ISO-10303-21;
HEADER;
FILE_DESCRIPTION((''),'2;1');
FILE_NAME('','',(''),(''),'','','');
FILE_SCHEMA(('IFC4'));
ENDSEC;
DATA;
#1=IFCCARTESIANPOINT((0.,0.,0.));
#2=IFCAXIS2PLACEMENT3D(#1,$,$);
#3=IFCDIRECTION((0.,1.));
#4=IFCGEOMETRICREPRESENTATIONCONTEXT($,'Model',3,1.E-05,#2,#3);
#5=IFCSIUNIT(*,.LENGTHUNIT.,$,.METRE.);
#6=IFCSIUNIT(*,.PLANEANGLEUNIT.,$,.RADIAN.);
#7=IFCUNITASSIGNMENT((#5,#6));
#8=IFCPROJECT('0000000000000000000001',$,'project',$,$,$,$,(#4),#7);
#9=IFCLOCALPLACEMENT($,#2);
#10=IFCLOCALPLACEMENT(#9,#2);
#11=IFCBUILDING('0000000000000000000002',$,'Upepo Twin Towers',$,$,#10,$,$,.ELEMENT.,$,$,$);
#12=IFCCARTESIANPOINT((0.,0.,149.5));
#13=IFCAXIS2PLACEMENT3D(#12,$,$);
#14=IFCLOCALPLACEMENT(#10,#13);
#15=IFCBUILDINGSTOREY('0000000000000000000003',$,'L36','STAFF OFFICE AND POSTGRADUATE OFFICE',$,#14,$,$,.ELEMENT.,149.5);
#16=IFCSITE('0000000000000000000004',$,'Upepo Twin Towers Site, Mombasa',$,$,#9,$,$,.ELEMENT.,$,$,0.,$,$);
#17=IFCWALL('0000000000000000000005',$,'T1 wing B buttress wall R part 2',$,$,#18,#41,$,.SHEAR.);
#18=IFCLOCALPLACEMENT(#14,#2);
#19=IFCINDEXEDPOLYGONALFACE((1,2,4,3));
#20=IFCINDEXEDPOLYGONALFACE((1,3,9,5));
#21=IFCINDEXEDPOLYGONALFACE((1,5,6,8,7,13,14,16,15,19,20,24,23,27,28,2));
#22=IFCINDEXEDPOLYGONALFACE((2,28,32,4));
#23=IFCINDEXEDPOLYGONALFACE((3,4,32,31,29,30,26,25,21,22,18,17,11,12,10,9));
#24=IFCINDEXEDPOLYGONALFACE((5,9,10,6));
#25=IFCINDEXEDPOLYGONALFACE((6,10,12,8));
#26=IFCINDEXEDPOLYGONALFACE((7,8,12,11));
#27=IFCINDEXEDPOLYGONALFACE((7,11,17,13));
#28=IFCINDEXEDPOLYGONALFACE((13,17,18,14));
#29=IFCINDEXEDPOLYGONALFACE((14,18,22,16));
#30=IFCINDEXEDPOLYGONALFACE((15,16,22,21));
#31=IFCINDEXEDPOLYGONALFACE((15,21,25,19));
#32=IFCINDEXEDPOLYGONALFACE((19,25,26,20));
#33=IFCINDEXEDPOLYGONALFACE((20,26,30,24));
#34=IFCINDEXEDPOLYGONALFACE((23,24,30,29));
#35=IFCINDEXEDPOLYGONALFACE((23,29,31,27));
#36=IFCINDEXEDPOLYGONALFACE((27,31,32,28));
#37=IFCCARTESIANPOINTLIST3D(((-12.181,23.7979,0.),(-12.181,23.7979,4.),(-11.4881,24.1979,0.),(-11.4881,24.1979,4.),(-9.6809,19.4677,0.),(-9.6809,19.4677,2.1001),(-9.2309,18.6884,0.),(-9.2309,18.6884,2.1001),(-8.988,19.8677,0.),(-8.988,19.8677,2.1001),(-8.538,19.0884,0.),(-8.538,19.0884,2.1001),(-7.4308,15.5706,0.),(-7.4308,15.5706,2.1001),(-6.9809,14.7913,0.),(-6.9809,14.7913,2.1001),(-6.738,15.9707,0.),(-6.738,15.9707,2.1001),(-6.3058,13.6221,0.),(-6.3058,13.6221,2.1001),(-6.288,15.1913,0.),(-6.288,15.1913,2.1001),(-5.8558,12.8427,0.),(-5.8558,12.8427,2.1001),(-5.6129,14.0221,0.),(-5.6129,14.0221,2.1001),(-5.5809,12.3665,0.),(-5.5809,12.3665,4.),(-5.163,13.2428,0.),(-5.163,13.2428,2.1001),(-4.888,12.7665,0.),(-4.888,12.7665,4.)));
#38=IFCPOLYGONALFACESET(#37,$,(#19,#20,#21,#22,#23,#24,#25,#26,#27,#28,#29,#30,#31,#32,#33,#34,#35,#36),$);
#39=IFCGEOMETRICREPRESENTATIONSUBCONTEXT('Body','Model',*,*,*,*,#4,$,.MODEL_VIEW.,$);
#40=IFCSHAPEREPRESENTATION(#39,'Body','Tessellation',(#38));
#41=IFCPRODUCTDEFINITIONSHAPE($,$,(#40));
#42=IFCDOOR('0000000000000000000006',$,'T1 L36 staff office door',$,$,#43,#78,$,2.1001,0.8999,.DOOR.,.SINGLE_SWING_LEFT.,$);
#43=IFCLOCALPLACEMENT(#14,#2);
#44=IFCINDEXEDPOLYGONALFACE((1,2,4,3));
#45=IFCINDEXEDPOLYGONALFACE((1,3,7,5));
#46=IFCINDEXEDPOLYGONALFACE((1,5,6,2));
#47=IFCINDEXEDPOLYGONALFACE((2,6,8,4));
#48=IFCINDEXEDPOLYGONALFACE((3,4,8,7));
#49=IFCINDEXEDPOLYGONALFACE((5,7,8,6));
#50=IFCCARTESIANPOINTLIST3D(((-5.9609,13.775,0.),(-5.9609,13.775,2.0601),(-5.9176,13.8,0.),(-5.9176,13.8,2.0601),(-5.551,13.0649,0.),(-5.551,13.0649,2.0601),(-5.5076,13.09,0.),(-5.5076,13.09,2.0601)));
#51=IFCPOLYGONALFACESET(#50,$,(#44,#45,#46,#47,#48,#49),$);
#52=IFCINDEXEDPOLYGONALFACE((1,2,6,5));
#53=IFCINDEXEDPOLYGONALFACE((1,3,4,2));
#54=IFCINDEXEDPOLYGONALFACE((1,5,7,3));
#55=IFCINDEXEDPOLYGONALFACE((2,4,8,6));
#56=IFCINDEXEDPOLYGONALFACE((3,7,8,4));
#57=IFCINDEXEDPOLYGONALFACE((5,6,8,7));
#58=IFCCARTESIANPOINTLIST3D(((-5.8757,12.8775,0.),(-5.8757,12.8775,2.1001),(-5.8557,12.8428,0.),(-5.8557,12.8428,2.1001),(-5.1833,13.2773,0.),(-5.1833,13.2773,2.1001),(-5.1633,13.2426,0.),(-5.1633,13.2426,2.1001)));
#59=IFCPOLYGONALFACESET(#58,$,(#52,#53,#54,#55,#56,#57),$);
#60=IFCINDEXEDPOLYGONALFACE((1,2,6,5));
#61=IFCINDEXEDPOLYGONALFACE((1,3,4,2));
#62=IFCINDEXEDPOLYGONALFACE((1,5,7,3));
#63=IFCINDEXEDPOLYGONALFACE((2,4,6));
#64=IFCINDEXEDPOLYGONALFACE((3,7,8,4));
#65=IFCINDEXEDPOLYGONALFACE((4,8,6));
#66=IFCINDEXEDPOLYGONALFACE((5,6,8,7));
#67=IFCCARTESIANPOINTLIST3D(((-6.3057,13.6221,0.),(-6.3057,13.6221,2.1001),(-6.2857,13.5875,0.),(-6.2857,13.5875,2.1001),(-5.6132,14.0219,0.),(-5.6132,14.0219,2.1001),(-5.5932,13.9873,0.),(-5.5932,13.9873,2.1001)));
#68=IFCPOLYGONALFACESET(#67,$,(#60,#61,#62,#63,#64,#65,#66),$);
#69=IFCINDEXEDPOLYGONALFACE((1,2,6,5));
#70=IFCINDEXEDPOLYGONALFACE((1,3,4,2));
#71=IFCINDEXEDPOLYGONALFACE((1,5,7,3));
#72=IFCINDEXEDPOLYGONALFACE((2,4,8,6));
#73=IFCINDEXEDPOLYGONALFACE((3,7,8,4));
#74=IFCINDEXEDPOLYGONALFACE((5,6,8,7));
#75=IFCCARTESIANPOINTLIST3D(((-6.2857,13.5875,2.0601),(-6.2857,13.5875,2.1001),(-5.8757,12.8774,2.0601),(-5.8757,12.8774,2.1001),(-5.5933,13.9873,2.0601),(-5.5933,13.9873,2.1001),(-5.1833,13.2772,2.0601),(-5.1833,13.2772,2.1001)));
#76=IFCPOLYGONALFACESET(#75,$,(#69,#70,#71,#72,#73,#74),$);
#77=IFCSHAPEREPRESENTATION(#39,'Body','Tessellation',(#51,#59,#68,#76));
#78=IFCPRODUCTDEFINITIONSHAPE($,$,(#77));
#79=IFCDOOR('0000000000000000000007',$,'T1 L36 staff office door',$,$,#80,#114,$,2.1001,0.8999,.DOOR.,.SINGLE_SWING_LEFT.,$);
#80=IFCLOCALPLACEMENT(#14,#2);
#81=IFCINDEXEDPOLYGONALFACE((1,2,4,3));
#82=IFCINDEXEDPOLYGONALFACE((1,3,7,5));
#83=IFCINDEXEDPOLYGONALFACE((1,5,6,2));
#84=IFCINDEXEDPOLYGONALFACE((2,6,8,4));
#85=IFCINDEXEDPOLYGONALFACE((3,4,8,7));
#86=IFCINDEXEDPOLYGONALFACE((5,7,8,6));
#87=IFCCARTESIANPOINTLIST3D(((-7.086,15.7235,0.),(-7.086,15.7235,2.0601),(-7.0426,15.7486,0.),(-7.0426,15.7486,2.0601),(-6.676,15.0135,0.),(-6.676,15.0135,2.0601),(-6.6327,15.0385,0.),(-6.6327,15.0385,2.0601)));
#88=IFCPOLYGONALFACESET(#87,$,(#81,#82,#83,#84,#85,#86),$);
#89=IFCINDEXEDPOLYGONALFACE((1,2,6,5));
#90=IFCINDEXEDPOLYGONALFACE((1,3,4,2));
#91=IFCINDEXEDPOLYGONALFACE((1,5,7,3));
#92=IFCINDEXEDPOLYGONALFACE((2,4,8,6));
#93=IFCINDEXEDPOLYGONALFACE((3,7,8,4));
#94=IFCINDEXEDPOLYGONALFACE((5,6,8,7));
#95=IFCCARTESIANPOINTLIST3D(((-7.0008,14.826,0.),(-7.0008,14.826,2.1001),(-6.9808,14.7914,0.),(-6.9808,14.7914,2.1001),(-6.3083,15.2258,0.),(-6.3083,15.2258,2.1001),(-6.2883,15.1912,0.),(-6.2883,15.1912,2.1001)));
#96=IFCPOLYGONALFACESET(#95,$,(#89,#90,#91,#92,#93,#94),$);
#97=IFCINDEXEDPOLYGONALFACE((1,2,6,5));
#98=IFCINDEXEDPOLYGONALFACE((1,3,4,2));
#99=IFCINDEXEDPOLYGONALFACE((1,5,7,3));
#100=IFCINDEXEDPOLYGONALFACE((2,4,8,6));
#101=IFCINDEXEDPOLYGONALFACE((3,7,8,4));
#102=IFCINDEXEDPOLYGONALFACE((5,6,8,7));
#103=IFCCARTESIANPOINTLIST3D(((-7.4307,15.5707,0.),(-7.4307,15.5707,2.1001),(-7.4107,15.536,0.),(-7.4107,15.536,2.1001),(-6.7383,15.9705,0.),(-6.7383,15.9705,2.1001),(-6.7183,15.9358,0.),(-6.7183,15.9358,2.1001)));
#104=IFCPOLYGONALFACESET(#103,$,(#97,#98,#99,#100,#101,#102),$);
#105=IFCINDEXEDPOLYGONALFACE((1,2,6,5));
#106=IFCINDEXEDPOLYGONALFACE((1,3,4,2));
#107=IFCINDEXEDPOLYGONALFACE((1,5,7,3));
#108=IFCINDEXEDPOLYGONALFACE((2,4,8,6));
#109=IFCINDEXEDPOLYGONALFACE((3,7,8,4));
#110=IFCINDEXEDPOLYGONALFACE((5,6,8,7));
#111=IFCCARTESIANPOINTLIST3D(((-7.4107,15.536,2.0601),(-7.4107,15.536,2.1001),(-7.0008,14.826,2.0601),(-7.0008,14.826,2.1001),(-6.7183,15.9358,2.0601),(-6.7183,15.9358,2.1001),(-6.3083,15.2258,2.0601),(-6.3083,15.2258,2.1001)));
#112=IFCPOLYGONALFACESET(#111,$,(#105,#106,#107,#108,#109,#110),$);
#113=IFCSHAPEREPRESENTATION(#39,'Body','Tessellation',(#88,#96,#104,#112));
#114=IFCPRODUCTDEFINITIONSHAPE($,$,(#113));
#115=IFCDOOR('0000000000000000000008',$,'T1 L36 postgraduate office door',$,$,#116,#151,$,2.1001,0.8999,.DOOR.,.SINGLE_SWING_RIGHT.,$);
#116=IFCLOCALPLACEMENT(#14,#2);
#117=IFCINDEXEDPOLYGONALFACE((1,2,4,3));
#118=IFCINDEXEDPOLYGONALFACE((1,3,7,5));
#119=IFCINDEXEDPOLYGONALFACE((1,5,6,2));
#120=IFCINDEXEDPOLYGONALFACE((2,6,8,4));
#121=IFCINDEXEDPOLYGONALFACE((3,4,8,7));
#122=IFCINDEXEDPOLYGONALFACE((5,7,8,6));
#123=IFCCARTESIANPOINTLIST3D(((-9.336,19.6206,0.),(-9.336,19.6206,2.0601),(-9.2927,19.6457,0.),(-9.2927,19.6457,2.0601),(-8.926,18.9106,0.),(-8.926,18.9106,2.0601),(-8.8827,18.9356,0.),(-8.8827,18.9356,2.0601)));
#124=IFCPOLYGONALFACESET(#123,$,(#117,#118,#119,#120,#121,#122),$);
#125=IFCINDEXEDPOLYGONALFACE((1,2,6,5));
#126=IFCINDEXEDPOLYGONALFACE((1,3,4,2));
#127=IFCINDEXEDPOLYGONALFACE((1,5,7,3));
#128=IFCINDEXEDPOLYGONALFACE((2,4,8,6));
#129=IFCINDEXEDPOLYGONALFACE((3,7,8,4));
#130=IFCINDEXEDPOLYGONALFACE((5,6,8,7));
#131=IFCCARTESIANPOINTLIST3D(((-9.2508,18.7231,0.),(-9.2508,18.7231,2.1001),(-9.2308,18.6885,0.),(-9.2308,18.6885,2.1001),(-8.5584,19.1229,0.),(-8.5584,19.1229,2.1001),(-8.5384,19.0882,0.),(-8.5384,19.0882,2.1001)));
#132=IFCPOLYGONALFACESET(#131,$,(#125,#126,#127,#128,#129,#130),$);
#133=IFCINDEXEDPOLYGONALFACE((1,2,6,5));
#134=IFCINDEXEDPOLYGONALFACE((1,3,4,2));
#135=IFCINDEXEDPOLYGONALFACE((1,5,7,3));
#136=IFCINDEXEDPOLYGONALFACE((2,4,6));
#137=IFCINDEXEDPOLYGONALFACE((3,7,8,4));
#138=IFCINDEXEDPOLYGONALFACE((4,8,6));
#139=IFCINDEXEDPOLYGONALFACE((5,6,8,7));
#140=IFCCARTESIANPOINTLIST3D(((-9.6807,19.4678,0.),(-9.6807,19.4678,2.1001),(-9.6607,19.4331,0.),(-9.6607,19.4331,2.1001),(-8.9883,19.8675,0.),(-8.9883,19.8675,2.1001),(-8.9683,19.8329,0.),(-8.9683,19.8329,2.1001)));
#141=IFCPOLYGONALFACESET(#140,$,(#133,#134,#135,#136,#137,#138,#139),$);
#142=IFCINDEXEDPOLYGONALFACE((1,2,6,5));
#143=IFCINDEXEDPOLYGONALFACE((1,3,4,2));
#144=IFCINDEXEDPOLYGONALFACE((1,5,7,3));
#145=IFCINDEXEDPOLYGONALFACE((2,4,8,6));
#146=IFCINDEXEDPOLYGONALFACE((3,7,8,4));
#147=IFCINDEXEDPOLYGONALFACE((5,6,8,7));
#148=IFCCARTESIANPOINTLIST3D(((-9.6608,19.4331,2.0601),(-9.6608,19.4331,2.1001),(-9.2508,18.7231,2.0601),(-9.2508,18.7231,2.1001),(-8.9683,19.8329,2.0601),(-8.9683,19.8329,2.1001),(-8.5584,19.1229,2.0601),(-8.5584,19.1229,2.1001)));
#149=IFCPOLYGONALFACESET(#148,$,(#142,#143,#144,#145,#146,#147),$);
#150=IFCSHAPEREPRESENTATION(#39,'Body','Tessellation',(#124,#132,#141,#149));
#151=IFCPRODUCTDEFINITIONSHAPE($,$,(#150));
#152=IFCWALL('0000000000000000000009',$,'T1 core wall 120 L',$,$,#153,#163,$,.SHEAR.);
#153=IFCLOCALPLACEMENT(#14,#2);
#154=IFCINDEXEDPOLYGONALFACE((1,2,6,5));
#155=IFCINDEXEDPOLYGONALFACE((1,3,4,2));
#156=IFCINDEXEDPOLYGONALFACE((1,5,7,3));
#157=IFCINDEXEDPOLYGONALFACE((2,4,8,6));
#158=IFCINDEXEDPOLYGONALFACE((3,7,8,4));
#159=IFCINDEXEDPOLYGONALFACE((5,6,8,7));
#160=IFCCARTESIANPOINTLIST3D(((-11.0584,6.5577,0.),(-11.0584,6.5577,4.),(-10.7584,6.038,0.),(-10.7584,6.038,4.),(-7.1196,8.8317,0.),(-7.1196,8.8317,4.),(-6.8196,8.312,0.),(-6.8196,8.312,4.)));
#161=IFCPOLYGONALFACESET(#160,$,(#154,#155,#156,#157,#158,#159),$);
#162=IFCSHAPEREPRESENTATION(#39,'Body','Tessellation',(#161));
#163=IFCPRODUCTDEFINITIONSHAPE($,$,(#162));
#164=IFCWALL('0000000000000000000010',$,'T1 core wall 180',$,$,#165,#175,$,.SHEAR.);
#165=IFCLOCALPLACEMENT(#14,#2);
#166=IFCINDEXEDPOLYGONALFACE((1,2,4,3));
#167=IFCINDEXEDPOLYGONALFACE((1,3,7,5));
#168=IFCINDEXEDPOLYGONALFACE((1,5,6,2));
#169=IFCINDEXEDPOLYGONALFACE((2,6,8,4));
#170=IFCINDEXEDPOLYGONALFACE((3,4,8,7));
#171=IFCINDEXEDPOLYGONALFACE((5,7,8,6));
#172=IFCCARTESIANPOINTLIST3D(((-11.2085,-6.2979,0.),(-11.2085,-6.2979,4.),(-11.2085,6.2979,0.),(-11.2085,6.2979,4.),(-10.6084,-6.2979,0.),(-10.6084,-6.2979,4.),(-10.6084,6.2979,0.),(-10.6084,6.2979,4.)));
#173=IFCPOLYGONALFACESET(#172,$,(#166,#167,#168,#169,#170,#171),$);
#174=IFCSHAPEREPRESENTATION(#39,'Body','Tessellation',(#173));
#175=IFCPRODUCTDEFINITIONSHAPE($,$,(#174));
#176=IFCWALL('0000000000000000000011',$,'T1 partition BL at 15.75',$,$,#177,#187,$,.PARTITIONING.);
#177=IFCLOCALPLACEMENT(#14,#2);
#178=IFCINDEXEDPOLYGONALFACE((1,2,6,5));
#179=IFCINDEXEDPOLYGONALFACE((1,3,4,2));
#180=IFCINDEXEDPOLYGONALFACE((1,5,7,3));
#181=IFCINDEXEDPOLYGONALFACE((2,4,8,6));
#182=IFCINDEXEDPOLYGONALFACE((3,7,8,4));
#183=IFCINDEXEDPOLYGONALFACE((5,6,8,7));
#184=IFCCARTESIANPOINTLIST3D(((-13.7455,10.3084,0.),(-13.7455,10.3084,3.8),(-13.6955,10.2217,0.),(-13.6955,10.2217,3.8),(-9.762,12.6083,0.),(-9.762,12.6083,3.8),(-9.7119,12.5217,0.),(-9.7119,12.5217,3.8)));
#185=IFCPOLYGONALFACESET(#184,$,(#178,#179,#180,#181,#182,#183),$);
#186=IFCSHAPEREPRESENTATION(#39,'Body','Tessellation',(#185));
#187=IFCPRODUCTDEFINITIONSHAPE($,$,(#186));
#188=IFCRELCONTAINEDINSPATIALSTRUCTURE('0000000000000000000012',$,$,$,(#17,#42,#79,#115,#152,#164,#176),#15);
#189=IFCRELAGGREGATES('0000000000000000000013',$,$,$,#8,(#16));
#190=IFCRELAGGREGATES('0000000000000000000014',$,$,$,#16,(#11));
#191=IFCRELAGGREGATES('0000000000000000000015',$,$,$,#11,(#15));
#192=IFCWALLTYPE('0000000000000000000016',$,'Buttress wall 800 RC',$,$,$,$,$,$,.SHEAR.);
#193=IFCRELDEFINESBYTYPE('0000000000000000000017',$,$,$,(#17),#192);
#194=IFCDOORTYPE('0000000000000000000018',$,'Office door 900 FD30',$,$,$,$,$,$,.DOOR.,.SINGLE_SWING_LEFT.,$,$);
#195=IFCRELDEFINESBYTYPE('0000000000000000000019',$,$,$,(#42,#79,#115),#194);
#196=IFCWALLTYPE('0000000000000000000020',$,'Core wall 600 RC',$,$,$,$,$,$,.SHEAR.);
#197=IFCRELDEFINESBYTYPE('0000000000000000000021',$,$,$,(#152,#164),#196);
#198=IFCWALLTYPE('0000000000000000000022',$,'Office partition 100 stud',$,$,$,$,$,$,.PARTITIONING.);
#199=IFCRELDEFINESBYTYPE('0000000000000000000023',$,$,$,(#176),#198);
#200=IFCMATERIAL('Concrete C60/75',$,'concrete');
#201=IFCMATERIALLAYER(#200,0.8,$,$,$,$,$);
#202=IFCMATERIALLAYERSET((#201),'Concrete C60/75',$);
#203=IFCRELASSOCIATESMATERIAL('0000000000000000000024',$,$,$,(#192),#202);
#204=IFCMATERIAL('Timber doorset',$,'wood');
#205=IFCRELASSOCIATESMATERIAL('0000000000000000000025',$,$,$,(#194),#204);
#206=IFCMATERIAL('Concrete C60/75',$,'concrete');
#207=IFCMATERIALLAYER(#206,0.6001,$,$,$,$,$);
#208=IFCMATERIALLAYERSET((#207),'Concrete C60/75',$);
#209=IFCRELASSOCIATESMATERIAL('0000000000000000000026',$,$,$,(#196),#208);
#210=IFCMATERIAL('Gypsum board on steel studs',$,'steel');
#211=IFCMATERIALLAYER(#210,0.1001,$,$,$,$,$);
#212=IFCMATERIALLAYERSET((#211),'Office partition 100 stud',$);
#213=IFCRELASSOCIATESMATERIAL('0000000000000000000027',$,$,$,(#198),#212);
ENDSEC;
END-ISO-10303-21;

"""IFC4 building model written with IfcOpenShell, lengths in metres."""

from ifc_helpers import new_model, si_unit, direction, frame, frame_2d, origin, place, context, subcontext, project, spatial, rectangle, extrude, material, layer, layer_set, type_object, element, fill, save


model = new_model("IFC4")

# Units and contexts
model_context = context("Model", 3, precision=1e-05, world=origin(), true_north=direction((0.0, 1.0)))
body_context = subcontext(model_context, "Body", "Model", "MODEL_VIEW")
ifc_project = project(units=[si_unit("LENGTHUNIT", "METRE"), si_unit("PLANEANGLEUNIT", "RADIAN")], contexts=[model_context])

# Site, building, storey
site_placement = place(None, origin())
site = spatial("IfcSite", under=ifc_project, at=site_placement, Name="Upepo Twin Towers Site, Mombasa", CompositionType="ELEMENT", RefElevation=0.0)
building_placement = place(site_placement, origin())
building = spatial("IfcBuilding", under=site, at=building_placement, Name="Upepo Twin Towers", CompositionType="ELEMENT")
storey_placement = place(building_placement, frame((0.0, 0.0, 149.5)))
storey = spatial("IfcBuildingStorey", under=building, at=storey_placement, Name="L36", Description="STAFF OFFICE AND POSTGRADUATE OFFICE", CompositionType="ELEMENT", Elevation=149.5)

# Wall, openings, doors
ifc_material_1 = material(Name="Concrete C60/75", Category="concrete")
ifc_layer_1 = layer(ifc_material_1, 0.8)
ifc_layer_set_1 = layer_set([ifc_layer_1], Name="Concrete C60/75")
wall_type_1 = type_object("IfcWallType", Name="Buttress wall 800 RC", PredefinedType="SHEAR", material=ifc_layer_set_1)
ifc_material_2 = material(Name="Timber doorset", Category="wood")
door_type_1 = type_object("IfcDoorType", Name="Office door 900 FD30", OperationType="SINGLE_SWING_LEFT", PredefinedType="DOOR", material=ifc_material_2)
wall_1_placement = place(storey_placement, frame((-5.2344, 12.5664, 0.0), z_axis=(0.0, 0.0, 1.0), x_axis=(-0.50001, 0.86602, 0.0)))
wall_1 = element("IfcWall", 1, at=wall_1_placement, inside=storey, type_object=wall_type_1, Name="T1 wing B buttress wall R part 2", PredefinedType="SHEAR", context=body_context, shape_type="SweptSolid", body=[
    extrude(rectangle(XDim=13.2, YDim=0.8, at=frame_2d((6.6001, 0.0))), origin(), (0.0, 0.0, 1.0), 4.0),
])
opening_1_placement = place(wall_1_placement, frame((0.55, 0.0, 0.0)))
opening_1 = element("IfcOpeningElement", 2, at=opening_1_placement, cuts=wall_1, PredefinedType="OPENING", context=body_context, shape_type="SweptSolid", body=[
    extrude(rectangle(XDim=0.8999, YDim=2.1001, at=frame_2d((0.45, 1.05))), frame((0.0, 0.4099, 0.0), z_axis=(0.0, -1.0, 0.0), x_axis=(1.0, 0.0, 0.0)), (0.0, 0.0, 1.0), 0.8201),
])
opening_2_placement = place(wall_1_placement, frame((2.8, 0.0, 0.0)))
opening_2 = element("IfcOpeningElement", 3, at=opening_2_placement, cuts=wall_1, PredefinedType="OPENING", context=body_context, shape_type="SweptSolid", body=[
    extrude(rectangle(XDim=0.8999, YDim=2.1001, at=frame_2d((0.45, 1.05))), frame((0.0, 0.4099, 0.0), z_axis=(0.0, -1.0, 0.0), x_axis=(1.0, 0.0, 0.0)), (0.0, 0.0, 1.0), 0.8201),
])
opening_3_placement = place(wall_1_placement, frame((7.3, 0.0, 0.0)))
opening_3 = element("IfcOpeningElement", 4, at=opening_3_placement, cuts=wall_1, PredefinedType="OPENING", context=body_context, shape_type="SweptSolid", body=[
    extrude(rectangle(XDim=0.8999, YDim=2.1001, at=frame_2d((0.45, 1.05))), frame((0.0, 0.4099, 0.0), z_axis=(0.0, -1.0, 0.0), x_axis=(1.0, 0.0, 0.0)), (0.0, 0.0, 1.0), 0.8201),
])
door_1_placement = place(opening_1_placement, origin())
door_1 = element("IfcDoor", 5, at=door_1_placement, inside=storey, type_object=door_type_1, Name="T1 L36 staff office door", OperationType="SINGLE_SWING_LEFT", OverallHeight=2.1001, OverallWidth=0.8999, PredefinedType="DOOR", context=body_context, shape_type="SweptSolid", body=[
    extrude(rectangle(XDim=0.8199, YDim=2.0601, at=frame_2d((0.45, 1.03))), frame((0.0, 0.0249, 0.0), z_axis=(0.0, -1.0, 0.0), x_axis=(1.0, 0.0, 0.0)), (0.0, 0.0, 1.0), 0.05),
    extrude(rectangle(XDim=0.04, YDim=2.1001, at=frame_2d((0.02, 1.05))), frame((0.0, 0.3999, 0.0), z_axis=(0.0, -1.0, 0.0), x_axis=(1.0, 0.0, 0.0)), (0.0, 0.0, 1.0), 0.7996),
    extrude(rectangle(XDim=0.04, YDim=2.1001, at=frame_2d((0.8799, 1.05))), frame((0.0, 0.3999, 0.0), z_axis=(0.0, -1.0, 0.0), x_axis=(1.0, 0.0, 0.0)), (0.0, 0.0, 1.0), 0.7996),
    extrude(rectangle(XDim=0.8199, YDim=0.04, at=frame_2d((0.45, 2.0801))), frame((0.0, 0.3999, 0.0), z_axis=(0.0, -1.0, 0.0), x_axis=(1.0, 0.0, 0.0)), (0.0, 0.0, 1.0), 0.7996),
])
fill(opening_1, door_1)
door_2_placement = place(opening_2_placement, origin())
door_2 = element("IfcDoor", 6, at=door_2_placement, inside=storey, type_object=door_type_1, Name="T1 L36 staff office door", OperationType="SINGLE_SWING_LEFT", OverallHeight=2.1001, OverallWidth=0.8999, PredefinedType="DOOR", context=body_context, shape_type="SweptSolid", body=[
    extrude(rectangle(XDim=0.8199, YDim=2.0601, at=frame_2d((0.45, 1.03))), frame((0.0, 0.0249, 0.0), z_axis=(0.0, -1.0, 0.0), x_axis=(1.0, 0.0, 0.0)), (0.0, 0.0, 1.0), 0.05),
    extrude(rectangle(XDim=0.04, YDim=2.1001, at=frame_2d((0.02, 1.05))), frame((0.0, 0.3999, 0.0), z_axis=(0.0, -1.0, 0.0), x_axis=(1.0, 0.0, 0.0)), (0.0, 0.0, 1.0), 0.7996),
    extrude(rectangle(XDim=0.04, YDim=2.1001, at=frame_2d((0.8799, 1.05))), frame((0.0, 0.3999, 0.0), z_axis=(0.0, -1.0, 0.0), x_axis=(1.0, 0.0, 0.0)), (0.0, 0.0, 1.0), 0.7996),
    extrude(rectangle(XDim=0.8199, YDim=0.04, at=frame_2d((0.45, 2.0801))), frame((0.0, 0.3999, 0.0), z_axis=(0.0, -1.0, 0.0), x_axis=(1.0, 0.0, 0.0)), (0.0, 0.0, 1.0), 0.7996),
])
fill(opening_2, door_2)
door_3_placement = place(opening_3_placement, origin())
door_3 = element("IfcDoor", 7, at=door_3_placement, inside=storey, type_object=door_type_1, Name="T1 L36 postgraduate office door", OperationType="SINGLE_SWING_RIGHT", OverallHeight=2.1001, OverallWidth=0.8999, PredefinedType="DOOR", context=body_context, shape_type="SweptSolid", body=[
    extrude(rectangle(XDim=0.8199, YDim=2.0601, at=frame_2d((0.45, 1.03))), frame((0.0, 0.0249, 0.0), z_axis=(0.0, -1.0, 0.0), x_axis=(1.0, 0.0, 0.0)), (0.0, 0.0, 1.0), 0.05),
    extrude(rectangle(XDim=0.04, YDim=2.1001, at=frame_2d((0.02, 1.05))), frame((0.0, 0.3999, 0.0), z_axis=(0.0, -1.0, 0.0), x_axis=(1.0, 0.0, 0.0)), (0.0, 0.0, 1.0), 0.7996),
    extrude(rectangle(XDim=0.04, YDim=2.1001, at=frame_2d((0.8799, 1.05))), frame((0.0, 0.3999, 0.0), z_axis=(0.0, -1.0, 0.0), x_axis=(1.0, 0.0, 0.0)), (0.0, 0.0, 1.0), 0.7996),
    extrude(rectangle(XDim=0.8199, YDim=0.04, at=frame_2d((0.45, 2.0801))), frame((0.0, 0.3999, 0.0), z_axis=(0.0, -1.0, 0.0), x_axis=(1.0, 0.0, 0.0)), (0.0, 0.0, 1.0), 0.7996),
])
fill(opening_3, door_3)

# Walls
ifc_material_3 = material(Name="Concrete C60/75", Category="concrete")
ifc_layer_2 = layer(ifc_material_3, 0.6001)
ifc_layer_set_2 = layer_set([ifc_layer_2], Name="Concrete C60/75")
wall_type_2 = type_object("IfcWallType", Name="Core wall 600 RC", PredefinedType="SHEAR", material=ifc_layer_set_2)
wall_2_placement = place(storey_placement, frame((-6.9697, 8.5718, 0.0), z_axis=(0.0, 0.0, 1.0), x_axis=(-0.866035, -0.499984, 0.0)))
element("IfcWall", 8, at=wall_2_placement, inside=storey, type_object=wall_type_2, Name="T1 core wall 120 L", PredefinedType="SHEAR", context=body_context, shape_type="SweptSolid", body=[
    extrude(rectangle(XDim=4.5481, YDim=0.6001, at=frame_2d((2.2739, 0.0))), origin(), (0.0, 0.0, 1.0), 4.0),
])
wall_3_placement = place(storey_placement, frame((-10.9084, 6.2979, 0.0), z_axis=(0.0, 0.0, 1.0), x_axis=(0.0, -1.0, 0.0)))
element("IfcWall", 9, at=wall_3_placement, inside=storey, type_object=wall_type_2, Name="T1 core wall 180", PredefinedType="SHEAR", context=body_context, shape_type="SweptSolid", body=[
    extrude(rectangle(XDim=12.5957, YDim=0.6001, at=frame_2d((6.2979, 0.0))), origin(), (0.0, 0.0, 1.0), 4.0),
])
ifc_material_4 = material(Name="Gypsum board on steel studs", Category="steel")
ifc_layer_3 = layer(ifc_material_4, 0.1001)
ifc_layer_set_3 = layer_set([ifc_layer_3], Name="Office partition 100 stud")
wall_type_3 = type_object("IfcWallType", Name="Office partition 100 stud", PredefinedType="PARTITIONING", material=ifc_layer_set_3)
wall_4_placement = place(storey_placement, frame((-9.7371, 12.5649, 0.0), z_axis=(0.0, 0.0, 1.0), x_axis=(-0.866017, -0.500015, 0.0)))
element("IfcWall", 10, at=wall_4_placement, inside=storey, type_object=wall_type_3, Name="T1 partition BL at 15.75", PredefinedType="PARTITIONING", context=body_context, shape_type="SweptSolid", body=[
    extrude(rectangle(XDim=4.5999, YDim=0.1001, at=frame_2d((2.2998, 0.0))), origin(), (0.0, 0.0, 1.0), 3.8),
])

save(model, "model.ifc")
